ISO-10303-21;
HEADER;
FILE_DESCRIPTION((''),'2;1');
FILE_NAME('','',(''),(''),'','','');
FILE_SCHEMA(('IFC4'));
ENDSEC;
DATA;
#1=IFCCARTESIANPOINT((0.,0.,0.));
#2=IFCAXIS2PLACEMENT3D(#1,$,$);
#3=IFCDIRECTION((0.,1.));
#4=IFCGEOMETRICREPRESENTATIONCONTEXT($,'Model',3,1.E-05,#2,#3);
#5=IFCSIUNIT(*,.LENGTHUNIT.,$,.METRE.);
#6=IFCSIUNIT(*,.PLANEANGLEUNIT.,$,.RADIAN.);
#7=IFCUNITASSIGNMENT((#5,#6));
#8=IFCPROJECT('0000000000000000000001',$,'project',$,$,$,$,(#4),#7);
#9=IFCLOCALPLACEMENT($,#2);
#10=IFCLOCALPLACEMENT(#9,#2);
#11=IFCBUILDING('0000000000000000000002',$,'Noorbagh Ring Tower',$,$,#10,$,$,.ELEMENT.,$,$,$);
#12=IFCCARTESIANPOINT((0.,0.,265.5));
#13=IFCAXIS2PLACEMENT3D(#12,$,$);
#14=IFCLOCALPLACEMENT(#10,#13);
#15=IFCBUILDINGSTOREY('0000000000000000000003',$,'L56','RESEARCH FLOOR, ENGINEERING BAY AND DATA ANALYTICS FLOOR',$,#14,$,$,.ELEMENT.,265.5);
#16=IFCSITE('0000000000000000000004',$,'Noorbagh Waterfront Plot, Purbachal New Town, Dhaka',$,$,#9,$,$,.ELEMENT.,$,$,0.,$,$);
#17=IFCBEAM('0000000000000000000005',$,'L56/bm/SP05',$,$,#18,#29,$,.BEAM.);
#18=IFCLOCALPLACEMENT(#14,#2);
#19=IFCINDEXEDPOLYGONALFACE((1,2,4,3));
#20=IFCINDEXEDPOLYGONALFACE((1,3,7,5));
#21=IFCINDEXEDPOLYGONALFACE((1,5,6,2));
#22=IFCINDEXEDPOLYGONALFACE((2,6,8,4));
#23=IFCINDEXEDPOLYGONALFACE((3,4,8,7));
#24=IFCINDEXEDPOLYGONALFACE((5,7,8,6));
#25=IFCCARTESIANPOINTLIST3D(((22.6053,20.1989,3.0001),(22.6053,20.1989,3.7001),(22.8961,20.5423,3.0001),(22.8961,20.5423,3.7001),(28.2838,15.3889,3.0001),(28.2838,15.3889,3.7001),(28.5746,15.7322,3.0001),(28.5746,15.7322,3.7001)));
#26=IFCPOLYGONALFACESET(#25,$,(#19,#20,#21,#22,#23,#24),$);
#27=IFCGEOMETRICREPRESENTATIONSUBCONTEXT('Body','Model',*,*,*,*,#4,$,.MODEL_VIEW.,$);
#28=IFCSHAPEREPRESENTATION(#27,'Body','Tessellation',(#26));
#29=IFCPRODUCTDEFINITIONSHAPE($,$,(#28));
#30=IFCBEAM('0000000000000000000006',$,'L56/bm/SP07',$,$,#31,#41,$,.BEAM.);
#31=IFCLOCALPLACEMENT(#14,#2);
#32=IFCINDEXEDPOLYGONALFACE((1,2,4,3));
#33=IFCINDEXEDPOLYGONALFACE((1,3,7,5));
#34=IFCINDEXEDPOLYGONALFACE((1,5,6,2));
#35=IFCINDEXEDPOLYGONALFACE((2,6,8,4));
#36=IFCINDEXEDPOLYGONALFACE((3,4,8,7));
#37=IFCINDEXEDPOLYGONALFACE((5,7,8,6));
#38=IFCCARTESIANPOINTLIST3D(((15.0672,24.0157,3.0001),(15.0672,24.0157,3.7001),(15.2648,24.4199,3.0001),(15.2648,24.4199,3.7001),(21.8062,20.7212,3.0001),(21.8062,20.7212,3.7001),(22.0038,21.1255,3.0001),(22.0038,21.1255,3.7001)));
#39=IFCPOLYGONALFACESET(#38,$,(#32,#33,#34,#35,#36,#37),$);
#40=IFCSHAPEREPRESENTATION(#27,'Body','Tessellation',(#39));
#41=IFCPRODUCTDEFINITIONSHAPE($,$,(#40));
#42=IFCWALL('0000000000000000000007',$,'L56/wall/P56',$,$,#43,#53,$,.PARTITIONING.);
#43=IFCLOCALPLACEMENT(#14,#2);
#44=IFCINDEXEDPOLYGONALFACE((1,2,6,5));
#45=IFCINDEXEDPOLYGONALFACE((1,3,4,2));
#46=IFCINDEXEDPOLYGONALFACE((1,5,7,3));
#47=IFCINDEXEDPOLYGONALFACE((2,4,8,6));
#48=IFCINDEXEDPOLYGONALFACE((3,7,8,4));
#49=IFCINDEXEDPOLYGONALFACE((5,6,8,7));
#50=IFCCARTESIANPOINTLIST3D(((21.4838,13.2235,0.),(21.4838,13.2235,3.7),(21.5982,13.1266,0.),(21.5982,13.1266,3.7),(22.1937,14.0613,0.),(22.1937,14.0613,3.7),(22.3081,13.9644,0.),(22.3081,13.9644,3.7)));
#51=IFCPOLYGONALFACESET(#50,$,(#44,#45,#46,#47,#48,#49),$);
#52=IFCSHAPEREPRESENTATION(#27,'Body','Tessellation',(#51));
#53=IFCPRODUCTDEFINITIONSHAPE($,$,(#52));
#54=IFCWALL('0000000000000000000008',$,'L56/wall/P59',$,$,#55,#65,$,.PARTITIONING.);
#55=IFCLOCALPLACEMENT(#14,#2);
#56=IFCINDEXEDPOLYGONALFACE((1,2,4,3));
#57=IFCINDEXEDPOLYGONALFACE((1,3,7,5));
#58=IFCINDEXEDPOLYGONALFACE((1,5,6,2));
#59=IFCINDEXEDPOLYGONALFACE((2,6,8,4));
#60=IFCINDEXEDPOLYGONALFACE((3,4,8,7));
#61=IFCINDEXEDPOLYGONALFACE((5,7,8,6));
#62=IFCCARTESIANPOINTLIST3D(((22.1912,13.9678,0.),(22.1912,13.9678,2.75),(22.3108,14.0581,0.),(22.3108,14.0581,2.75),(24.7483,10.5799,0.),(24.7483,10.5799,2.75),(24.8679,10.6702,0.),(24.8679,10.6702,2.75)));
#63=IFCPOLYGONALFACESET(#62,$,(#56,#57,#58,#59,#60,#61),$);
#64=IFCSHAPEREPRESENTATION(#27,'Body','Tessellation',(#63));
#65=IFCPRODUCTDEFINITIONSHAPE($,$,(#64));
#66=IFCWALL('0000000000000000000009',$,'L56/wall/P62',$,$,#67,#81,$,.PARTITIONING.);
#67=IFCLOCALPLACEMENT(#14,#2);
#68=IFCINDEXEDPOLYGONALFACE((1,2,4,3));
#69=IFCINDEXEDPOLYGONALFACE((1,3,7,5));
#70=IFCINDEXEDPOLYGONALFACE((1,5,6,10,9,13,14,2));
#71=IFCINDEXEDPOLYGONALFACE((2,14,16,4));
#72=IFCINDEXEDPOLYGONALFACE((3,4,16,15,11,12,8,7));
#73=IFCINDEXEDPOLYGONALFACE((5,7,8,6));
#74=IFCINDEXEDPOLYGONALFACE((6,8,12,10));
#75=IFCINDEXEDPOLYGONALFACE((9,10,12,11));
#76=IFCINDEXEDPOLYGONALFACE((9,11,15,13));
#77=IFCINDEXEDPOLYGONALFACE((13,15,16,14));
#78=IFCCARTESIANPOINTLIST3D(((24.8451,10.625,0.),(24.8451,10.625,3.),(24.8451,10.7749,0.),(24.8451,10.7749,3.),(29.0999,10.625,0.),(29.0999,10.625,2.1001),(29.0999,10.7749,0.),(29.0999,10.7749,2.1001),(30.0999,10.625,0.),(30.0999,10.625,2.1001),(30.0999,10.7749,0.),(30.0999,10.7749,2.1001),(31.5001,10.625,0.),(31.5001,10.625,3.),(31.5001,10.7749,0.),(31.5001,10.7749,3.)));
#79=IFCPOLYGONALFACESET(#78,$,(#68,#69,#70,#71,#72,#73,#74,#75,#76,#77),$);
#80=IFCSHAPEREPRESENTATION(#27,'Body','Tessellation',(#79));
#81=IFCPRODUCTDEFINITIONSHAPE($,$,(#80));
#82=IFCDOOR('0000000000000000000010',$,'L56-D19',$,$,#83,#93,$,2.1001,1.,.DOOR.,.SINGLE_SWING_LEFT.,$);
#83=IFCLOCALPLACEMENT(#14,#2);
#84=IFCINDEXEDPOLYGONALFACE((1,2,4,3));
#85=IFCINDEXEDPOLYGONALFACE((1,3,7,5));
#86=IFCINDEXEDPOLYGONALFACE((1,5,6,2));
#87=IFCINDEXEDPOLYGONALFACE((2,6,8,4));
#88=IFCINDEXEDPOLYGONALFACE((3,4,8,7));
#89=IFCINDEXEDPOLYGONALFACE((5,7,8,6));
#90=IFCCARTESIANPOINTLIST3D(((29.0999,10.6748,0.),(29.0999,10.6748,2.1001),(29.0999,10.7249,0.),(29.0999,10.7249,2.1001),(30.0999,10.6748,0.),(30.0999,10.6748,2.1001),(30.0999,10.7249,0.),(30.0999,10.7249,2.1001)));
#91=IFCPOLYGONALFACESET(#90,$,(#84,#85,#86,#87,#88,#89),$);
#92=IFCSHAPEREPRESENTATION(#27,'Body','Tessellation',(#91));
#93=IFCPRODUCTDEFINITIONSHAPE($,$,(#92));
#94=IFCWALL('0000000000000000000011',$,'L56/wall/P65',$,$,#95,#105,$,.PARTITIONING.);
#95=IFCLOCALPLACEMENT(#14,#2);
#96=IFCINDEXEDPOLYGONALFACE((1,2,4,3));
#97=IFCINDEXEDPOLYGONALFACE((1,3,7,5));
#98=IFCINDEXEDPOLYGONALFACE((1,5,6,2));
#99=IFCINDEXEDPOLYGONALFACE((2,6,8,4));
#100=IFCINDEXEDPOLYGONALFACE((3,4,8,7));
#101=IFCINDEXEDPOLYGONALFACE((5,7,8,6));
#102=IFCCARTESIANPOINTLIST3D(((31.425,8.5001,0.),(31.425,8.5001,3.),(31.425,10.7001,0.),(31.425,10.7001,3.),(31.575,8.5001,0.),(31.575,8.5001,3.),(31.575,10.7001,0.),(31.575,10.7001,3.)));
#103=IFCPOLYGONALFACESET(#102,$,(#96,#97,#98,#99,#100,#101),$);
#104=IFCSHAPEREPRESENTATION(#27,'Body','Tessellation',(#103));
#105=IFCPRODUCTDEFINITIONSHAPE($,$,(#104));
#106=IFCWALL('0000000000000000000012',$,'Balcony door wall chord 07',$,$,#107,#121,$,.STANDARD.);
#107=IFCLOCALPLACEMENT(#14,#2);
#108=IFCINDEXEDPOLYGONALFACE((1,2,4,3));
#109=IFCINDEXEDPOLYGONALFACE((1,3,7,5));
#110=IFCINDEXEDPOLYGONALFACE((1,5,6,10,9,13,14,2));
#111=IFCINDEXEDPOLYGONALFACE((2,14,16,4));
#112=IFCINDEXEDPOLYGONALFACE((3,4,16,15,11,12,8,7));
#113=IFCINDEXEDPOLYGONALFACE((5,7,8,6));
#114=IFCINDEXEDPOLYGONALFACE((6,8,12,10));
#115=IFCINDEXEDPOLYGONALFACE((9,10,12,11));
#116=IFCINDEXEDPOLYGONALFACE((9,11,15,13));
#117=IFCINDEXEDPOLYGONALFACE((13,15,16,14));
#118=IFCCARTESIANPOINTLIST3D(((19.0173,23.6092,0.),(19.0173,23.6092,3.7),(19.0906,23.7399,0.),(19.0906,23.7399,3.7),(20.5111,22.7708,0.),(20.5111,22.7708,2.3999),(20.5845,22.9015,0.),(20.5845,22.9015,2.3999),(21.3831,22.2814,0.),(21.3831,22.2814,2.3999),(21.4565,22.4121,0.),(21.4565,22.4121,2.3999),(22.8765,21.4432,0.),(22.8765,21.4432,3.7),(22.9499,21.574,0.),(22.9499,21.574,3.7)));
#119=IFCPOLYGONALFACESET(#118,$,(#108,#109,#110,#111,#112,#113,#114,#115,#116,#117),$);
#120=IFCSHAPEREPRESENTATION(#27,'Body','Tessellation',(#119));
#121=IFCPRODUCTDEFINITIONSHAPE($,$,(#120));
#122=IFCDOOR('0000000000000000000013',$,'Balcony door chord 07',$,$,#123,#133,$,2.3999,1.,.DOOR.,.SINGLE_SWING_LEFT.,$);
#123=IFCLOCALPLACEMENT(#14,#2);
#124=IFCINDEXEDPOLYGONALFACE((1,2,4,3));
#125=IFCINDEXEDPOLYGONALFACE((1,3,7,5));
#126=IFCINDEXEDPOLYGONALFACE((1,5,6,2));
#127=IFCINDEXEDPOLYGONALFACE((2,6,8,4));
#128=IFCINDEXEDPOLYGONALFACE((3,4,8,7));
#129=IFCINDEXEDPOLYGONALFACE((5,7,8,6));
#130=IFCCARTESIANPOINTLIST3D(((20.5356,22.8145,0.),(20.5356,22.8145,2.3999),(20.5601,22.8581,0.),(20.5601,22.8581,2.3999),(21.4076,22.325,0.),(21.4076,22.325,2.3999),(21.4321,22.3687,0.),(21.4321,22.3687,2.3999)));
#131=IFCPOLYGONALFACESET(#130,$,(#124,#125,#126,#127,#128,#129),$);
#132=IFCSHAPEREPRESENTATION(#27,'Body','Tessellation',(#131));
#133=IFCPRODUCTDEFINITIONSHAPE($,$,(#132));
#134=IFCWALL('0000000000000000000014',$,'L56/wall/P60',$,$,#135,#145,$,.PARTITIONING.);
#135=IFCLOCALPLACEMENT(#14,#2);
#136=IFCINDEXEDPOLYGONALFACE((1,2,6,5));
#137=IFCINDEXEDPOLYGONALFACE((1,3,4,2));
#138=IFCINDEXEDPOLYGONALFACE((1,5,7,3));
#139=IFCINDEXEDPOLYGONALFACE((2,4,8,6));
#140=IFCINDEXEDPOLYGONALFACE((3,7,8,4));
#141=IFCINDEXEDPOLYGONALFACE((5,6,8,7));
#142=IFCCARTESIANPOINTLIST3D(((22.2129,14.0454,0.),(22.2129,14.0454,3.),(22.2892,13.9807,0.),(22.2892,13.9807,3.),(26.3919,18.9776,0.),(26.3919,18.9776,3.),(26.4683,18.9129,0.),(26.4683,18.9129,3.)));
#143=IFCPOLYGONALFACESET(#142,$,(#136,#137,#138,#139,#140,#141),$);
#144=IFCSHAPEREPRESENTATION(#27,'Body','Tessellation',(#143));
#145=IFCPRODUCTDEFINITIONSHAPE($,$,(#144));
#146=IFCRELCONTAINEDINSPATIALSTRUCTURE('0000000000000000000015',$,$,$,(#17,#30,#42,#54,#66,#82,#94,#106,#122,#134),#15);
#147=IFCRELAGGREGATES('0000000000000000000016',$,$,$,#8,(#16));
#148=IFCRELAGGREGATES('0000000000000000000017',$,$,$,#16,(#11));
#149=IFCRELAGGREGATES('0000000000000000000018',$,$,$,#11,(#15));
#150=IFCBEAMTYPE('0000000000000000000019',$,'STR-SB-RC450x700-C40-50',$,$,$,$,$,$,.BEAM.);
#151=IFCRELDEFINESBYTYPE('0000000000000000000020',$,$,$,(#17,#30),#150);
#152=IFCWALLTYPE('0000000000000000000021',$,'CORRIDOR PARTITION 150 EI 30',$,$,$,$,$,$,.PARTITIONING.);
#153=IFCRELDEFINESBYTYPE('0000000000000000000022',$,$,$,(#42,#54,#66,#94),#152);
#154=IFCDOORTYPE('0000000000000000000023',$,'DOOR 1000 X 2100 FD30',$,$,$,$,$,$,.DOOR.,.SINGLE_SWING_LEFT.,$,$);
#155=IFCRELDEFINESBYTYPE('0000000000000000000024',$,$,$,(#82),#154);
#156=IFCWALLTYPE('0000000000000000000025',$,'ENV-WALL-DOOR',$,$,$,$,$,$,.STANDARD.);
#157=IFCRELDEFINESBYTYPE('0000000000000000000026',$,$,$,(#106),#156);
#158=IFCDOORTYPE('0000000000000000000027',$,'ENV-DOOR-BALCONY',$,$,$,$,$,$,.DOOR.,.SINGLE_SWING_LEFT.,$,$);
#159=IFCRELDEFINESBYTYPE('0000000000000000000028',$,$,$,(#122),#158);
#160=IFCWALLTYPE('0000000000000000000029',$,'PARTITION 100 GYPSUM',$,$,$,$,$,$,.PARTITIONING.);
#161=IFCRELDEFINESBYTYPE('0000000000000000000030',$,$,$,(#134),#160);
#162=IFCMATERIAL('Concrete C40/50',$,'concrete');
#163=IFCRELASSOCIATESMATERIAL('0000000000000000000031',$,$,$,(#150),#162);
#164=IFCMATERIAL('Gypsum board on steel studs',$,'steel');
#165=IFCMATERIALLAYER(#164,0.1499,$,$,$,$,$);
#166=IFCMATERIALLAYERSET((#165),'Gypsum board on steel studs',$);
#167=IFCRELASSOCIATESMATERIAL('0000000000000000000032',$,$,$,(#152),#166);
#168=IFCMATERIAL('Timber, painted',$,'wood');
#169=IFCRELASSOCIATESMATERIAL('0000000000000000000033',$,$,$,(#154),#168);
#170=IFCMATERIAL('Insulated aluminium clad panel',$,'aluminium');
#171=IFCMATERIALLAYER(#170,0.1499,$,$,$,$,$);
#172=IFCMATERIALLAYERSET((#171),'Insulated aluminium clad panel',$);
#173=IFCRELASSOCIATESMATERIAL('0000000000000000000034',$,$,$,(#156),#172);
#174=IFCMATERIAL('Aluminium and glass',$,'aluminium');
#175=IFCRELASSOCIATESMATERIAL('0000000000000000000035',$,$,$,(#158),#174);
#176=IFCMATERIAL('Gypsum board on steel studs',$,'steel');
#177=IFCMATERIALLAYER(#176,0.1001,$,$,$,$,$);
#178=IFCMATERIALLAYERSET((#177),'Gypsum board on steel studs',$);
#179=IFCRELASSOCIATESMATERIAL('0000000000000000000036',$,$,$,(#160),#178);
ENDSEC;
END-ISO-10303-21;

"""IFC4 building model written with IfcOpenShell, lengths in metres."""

from ifc_helpers import new_model, si_unit, direction, frame, frame_2d, origin, origin_2d, place, context, subcontext, project, spatial, rectangle, extrude, material, layer, layer_set, material_profile, profile_set, type_object, element, fill, save


model = new_model("IFC4")

# Units and contexts
model_context = context("Model", 3, precision=1e-05, world=origin(), true_north=direction((0.0, 1.0)))
body_context = subcontext(model_context, "Body", "Model", "MODEL_VIEW")
ifc_project = project(units=[si_unit("LENGTHUNIT", "METRE"), si_unit("PLANEANGLEUNIT", "RADIAN")], contexts=[model_context])

# Site, building, storey
site_placement = place(None, origin())
site = spatial("IfcSite", under=ifc_project, at=site_placement, Name="Noorbagh Waterfront Plot, Purbachal New Town, Dhaka", CompositionType="ELEMENT", RefElevation=0.0)
building_placement = place(site_placement, origin())
building = spatial("IfcBuilding", under=site, at=building_placement, Name="Noorbagh Ring Tower", CompositionType="ELEMENT")
storey_placement = place(building_placement, frame((0.0, 0.0, 265.5)))
storey = spatial("IfcBuildingStorey", under=building, at=storey_placement, Name="L56", Description="RESEARCH FLOOR, ENGINEERING BAY AND DATA ANALYTICS FLOOR", CompositionType="ELEMENT", Elevation=265.5)

# Beams
ifc_material_1 = material(Name="Concrete C40/50", Category="concrete")
ifc_material_profile_1 = material_profile(ifc_material_1, rectangle(XDim=0.45, YDim=0.7, at=origin_2d()), Name="RC450x700")
ifc_profile_set_1 = profile_set([ifc_material_profile_1], Name="Concrete C40/50")
beam_type_1 = type_object("IfcBeamType", Name="STR-SB-RC450x700-C40-50", PredefinedType="BEAM", material=ifc_profile_set_1)
beam_1_placement = place(storey_placement, frame((28.4292, 15.5605, 3.3501), z_axis=(-0.763041, 0.64635, 0.0), x_axis=(-0.64635, -0.763041, 0.0)))
element("IfcBeam", 1, at=beam_1_placement, inside=storey, type_object=beam_type_1, Name="L56/bm/SP05", PredefinedType="BEAM", context=body_context, shape_type="SweptSolid", body=[
    extrude(rectangle(XDim=0.45, YDim=0.7, at=origin_2d()), origin(), (0.0, 0.0, 1.0), 7.4419),
])
beam_2_placement = place(storey_placement, frame((21.905, 20.9233, 3.3501), z_axis=(-0.898395, 0.439189, 0.0), x_axis=(-0.439189, -0.898395, 0.0)))
element("IfcBeam", 2, at=beam_2_placement, inside=storey, type_object=beam_type_1, Name="L56/bm/SP07", PredefinedType="BEAM", context=body_context, shape_type="SweptSolid", body=[
    extrude(rectangle(XDim=0.45, YDim=0.7, at=origin_2d()), origin(), (0.0, 0.0, 1.0), 7.5012),
])

# Walls
ifc_material_2 = material(Name="Gypsum board on steel studs", Category="steel")
ifc_layer_1 = layer(ifc_material_2, 0.1499)
ifc_layer_set_1 = layer_set([ifc_layer_1], Name="Gypsum board on steel studs")
wall_type_1 = type_object("IfcWallType", Name="CORRIDOR PARTITION 150 EI 30", PredefinedType="PARTITIONING", material=ifc_layer_set_1)
wall_1_placement = place(storey_placement, frame((21.541, 13.175, 0.0), z_axis=(0.0, 0.0, 1.0), x_axis=(0.64646, 0.762948, 0.0)))
element("IfcWall", 3, at=wall_1_placement, inside=storey, type_object=wall_type_1, Name="L56/wall/P56", PredefinedType="PARTITIONING", context=body_context, shape_type="SweptSolid", body=[
    extrude(rectangle(XDim=1.0981, YDim=0.1499, at=frame_2d((0.5491, 0.0))), origin(), (0.0, 0.0, 1.0), 3.7),
])
wall_2_placement = place(storey_placement, frame((22.251, 14.0129, 0.0), z_axis=(0.0, 0.0, 1.0), x_axis=(0.602436, -0.798167, 0.0)))
element("IfcWall", 4, at=wall_2_placement, inside=storey, type_object=wall_type_1, Name="L56/wall/P59", PredefinedType="PARTITIONING", context=body_context, shape_type="SweptSolid", body=[
    extrude(rectangle(XDim=4.2446, YDim=0.1499, at=frame_2d((2.1223, 0.0))), origin(), (0.0, 0.0, 1.0), 2.75),
])

# Wall, opening, door
wall_3_placement = place(storey_placement, frame((24.845, 10.7, 0.0), z_axis=(0.0, 0.0, 1.0), x_axis=(1.0, 0.0, 0.0)))
wall_3 = element("IfcWall", 5, at=wall_3_placement, inside=storey, type_object=wall_type_1, Name="L56/wall/P62", PredefinedType="PARTITIONING", context=body_context, shape_type="SweptSolid", body=[
    extrude(rectangle(XDim=6.655, YDim=0.1499, at=frame_2d((3.3276, 0.0))), origin(), (0.0, 0.0, 1.0), 3.0),
])
opening_1_placement = place(wall_3_placement, frame((4.2549, 0.0, 0.0)))
opening_1 = element("IfcOpeningElement", 6, at=opening_1_placement, cuts=wall_3, PredefinedType="OPENING", context=body_context, shape_type="SweptSolid", body=[
    extrude(rectangle(XDim=1.0, YDim=2.1001, at=frame_2d((0.5, 1.05))), frame((0.0, 0.085, 0.0), z_axis=(0.0, -1.0, 0.0), x_axis=(1.0, 0.0, 0.0)), (0.0, 0.0, 1.0), 0.1699),
])
ifc_material_3 = material(Name="Timber, painted", Category="wood")
door_type_1 = type_object("IfcDoorType", Name="DOOR 1000 X 2100 FD30", OperationType="SINGLE_SWING_LEFT", PredefinedType="DOOR", material=ifc_material_3)
door_1_placement = place(opening_1_placement, origin())
door_1 = element("IfcDoor", 7, at=door_1_placement, inside=storey, type_object=door_type_1, Name="L56-D19", OperationType="SINGLE_SWING_LEFT", OverallHeight=2.1001, OverallWidth=1.0, PredefinedType="DOOR", context=body_context, shape_type="SweptSolid", body=[
    extrude(rectangle(XDim=1.0, YDim=2.1001, at=frame_2d((0.5, 1.05))), frame((0.0, 0.0249, 0.0), z_axis=(0.0, -1.0, 0.0), x_axis=(1.0, 0.0, 0.0)), (0.0, 0.0, 1.0), 0.05),
])
fill(opening_1, door_1)

# Wall
wall_4_placement = place(storey_placement, frame((31.5, 8.5, 0.0), z_axis=(0.0, 0.0, 1.0), x_axis=(0.0, 1.0, 0.0)))
element("IfcWall", 8, at=wall_4_placement, inside=storey, type_object=wall_type_1, Name="L56/wall/P65", PredefinedType="PARTITIONING", context=body_context, shape_type="SweptSolid", body=[
    extrude(rectangle(XDim=2.2, YDim=0.1499, at=frame_2d((1.1001, 0.0))), origin(), (0.0, 0.0, 1.0), 3.0),
])

# Wall, opening, door
ifc_material_4 = material(Name="Insulated aluminium clad panel", Category="aluminium")
ifc_layer_2 = layer(ifc_material_4, 0.1499)
ifc_layer_set_2 = layer_set([ifc_layer_2], Name="Insulated aluminium clad panel")
wall_type_2 = type_object("IfcWallType", Name="ENV-WALL-DOOR", PredefinedType="STANDARD", material=ifc_layer_set_2)
wall_5_placement = place(storey_placement, frame((22.9133, 21.5085, 0.0), z_axis=(0.0, 0.0, 1.0), x_axis=(-0.872047, 0.489423, 0.0)))
wall_5 = element("IfcWall", 9, at=wall_5_placement, inside=storey, type_object=wall_type_2, Name="Balcony door wall chord 07", PredefinedType="STANDARD", context=body_context, shape_type="SweptSolid", body=[
    extrude(rectangle(XDim=4.4255, YDim=0.1499, at=frame_2d((2.2129, 0.0))), origin(), (0.0, 0.0, 1.0), 3.7),
])
opening_2_placement = place(wall_5_placement, frame((1.7126, 0.0, 0.0)))
opening_2 = element("IfcOpeningElement", 10, at=opening_2_placement, cuts=wall_5, PredefinedType="OPENING", context=body_context, shape_type="SweptSolid", body=[
    extrude(rectangle(XDim=1.0, YDim=2.3999, at=frame_2d((0.5, 1.2))), frame((0.0, 0.085, 0.0), z_axis=(0.0, -1.0, 0.0), x_axis=(1.0, 0.0, 0.0)), (0.0, 0.0, 1.0), 0.1699),
])
ifc_material_5 = material(Name="Aluminium and glass", Category="aluminium")
door_type_2 = type_object("IfcDoorType", Name="ENV-DOOR-BALCONY", OperationType="SINGLE_SWING_LEFT", PredefinedType="DOOR", material=ifc_material_5)
door_2_placement = place(opening_2_placement, origin())
door_2 = element("IfcDoor", 11, at=door_2_placement, inside=storey, type_object=door_type_2, Name="Balcony door chord 07", OperationType="SINGLE_SWING_LEFT", OverallHeight=2.3999, OverallWidth=1.0, PredefinedType="DOOR", context=body_context, shape_type="SweptSolid", body=[
    extrude(rectangle(XDim=1.0, YDim=2.3999, at=frame_2d((0.5, 1.2))), frame((0.0, 0.0249, 0.0), z_axis=(0.0, -1.0, 0.0), x_axis=(1.0, 0.0, 0.0)), (0.0, 0.0, 1.0), 0.05),
])
fill(opening_2, door_2)

# Wall
ifc_material_6 = material(Name="Gypsum board on steel studs", Category="steel")
ifc_layer_3 = layer(ifc_material_6, 0.1001)
ifc_layer_set_3 = layer_set([ifc_layer_3], Name="Gypsum board on steel studs")
wall_type_3 = type_object("IfcWallType", Name="PARTITION 100 GYPSUM", PredefinedType="PARTITIONING", material=ifc_layer_set_3)
wall_6_placement = place(storey_placement, frame((22.251, 14.0129, 0.0), z_axis=(0.0, 0.0, 1.0), x_axis=(0.646448, 0.762958, 0.0)))
element("IfcWall", 12, at=wall_6_placement, inside=storey, type_object=wall_type_3, Name="L56/wall/P60", PredefinedType="PARTITIONING", context=body_context, shape_type="SweptSolid", body=[
    extrude(rectangle(XDim=6.4646, YDim=0.1001, at=frame_2d((3.2324, 0.0))), origin(), (0.0, 0.0, 1.0), 3.0),
])

save(model, "model.ifc")
